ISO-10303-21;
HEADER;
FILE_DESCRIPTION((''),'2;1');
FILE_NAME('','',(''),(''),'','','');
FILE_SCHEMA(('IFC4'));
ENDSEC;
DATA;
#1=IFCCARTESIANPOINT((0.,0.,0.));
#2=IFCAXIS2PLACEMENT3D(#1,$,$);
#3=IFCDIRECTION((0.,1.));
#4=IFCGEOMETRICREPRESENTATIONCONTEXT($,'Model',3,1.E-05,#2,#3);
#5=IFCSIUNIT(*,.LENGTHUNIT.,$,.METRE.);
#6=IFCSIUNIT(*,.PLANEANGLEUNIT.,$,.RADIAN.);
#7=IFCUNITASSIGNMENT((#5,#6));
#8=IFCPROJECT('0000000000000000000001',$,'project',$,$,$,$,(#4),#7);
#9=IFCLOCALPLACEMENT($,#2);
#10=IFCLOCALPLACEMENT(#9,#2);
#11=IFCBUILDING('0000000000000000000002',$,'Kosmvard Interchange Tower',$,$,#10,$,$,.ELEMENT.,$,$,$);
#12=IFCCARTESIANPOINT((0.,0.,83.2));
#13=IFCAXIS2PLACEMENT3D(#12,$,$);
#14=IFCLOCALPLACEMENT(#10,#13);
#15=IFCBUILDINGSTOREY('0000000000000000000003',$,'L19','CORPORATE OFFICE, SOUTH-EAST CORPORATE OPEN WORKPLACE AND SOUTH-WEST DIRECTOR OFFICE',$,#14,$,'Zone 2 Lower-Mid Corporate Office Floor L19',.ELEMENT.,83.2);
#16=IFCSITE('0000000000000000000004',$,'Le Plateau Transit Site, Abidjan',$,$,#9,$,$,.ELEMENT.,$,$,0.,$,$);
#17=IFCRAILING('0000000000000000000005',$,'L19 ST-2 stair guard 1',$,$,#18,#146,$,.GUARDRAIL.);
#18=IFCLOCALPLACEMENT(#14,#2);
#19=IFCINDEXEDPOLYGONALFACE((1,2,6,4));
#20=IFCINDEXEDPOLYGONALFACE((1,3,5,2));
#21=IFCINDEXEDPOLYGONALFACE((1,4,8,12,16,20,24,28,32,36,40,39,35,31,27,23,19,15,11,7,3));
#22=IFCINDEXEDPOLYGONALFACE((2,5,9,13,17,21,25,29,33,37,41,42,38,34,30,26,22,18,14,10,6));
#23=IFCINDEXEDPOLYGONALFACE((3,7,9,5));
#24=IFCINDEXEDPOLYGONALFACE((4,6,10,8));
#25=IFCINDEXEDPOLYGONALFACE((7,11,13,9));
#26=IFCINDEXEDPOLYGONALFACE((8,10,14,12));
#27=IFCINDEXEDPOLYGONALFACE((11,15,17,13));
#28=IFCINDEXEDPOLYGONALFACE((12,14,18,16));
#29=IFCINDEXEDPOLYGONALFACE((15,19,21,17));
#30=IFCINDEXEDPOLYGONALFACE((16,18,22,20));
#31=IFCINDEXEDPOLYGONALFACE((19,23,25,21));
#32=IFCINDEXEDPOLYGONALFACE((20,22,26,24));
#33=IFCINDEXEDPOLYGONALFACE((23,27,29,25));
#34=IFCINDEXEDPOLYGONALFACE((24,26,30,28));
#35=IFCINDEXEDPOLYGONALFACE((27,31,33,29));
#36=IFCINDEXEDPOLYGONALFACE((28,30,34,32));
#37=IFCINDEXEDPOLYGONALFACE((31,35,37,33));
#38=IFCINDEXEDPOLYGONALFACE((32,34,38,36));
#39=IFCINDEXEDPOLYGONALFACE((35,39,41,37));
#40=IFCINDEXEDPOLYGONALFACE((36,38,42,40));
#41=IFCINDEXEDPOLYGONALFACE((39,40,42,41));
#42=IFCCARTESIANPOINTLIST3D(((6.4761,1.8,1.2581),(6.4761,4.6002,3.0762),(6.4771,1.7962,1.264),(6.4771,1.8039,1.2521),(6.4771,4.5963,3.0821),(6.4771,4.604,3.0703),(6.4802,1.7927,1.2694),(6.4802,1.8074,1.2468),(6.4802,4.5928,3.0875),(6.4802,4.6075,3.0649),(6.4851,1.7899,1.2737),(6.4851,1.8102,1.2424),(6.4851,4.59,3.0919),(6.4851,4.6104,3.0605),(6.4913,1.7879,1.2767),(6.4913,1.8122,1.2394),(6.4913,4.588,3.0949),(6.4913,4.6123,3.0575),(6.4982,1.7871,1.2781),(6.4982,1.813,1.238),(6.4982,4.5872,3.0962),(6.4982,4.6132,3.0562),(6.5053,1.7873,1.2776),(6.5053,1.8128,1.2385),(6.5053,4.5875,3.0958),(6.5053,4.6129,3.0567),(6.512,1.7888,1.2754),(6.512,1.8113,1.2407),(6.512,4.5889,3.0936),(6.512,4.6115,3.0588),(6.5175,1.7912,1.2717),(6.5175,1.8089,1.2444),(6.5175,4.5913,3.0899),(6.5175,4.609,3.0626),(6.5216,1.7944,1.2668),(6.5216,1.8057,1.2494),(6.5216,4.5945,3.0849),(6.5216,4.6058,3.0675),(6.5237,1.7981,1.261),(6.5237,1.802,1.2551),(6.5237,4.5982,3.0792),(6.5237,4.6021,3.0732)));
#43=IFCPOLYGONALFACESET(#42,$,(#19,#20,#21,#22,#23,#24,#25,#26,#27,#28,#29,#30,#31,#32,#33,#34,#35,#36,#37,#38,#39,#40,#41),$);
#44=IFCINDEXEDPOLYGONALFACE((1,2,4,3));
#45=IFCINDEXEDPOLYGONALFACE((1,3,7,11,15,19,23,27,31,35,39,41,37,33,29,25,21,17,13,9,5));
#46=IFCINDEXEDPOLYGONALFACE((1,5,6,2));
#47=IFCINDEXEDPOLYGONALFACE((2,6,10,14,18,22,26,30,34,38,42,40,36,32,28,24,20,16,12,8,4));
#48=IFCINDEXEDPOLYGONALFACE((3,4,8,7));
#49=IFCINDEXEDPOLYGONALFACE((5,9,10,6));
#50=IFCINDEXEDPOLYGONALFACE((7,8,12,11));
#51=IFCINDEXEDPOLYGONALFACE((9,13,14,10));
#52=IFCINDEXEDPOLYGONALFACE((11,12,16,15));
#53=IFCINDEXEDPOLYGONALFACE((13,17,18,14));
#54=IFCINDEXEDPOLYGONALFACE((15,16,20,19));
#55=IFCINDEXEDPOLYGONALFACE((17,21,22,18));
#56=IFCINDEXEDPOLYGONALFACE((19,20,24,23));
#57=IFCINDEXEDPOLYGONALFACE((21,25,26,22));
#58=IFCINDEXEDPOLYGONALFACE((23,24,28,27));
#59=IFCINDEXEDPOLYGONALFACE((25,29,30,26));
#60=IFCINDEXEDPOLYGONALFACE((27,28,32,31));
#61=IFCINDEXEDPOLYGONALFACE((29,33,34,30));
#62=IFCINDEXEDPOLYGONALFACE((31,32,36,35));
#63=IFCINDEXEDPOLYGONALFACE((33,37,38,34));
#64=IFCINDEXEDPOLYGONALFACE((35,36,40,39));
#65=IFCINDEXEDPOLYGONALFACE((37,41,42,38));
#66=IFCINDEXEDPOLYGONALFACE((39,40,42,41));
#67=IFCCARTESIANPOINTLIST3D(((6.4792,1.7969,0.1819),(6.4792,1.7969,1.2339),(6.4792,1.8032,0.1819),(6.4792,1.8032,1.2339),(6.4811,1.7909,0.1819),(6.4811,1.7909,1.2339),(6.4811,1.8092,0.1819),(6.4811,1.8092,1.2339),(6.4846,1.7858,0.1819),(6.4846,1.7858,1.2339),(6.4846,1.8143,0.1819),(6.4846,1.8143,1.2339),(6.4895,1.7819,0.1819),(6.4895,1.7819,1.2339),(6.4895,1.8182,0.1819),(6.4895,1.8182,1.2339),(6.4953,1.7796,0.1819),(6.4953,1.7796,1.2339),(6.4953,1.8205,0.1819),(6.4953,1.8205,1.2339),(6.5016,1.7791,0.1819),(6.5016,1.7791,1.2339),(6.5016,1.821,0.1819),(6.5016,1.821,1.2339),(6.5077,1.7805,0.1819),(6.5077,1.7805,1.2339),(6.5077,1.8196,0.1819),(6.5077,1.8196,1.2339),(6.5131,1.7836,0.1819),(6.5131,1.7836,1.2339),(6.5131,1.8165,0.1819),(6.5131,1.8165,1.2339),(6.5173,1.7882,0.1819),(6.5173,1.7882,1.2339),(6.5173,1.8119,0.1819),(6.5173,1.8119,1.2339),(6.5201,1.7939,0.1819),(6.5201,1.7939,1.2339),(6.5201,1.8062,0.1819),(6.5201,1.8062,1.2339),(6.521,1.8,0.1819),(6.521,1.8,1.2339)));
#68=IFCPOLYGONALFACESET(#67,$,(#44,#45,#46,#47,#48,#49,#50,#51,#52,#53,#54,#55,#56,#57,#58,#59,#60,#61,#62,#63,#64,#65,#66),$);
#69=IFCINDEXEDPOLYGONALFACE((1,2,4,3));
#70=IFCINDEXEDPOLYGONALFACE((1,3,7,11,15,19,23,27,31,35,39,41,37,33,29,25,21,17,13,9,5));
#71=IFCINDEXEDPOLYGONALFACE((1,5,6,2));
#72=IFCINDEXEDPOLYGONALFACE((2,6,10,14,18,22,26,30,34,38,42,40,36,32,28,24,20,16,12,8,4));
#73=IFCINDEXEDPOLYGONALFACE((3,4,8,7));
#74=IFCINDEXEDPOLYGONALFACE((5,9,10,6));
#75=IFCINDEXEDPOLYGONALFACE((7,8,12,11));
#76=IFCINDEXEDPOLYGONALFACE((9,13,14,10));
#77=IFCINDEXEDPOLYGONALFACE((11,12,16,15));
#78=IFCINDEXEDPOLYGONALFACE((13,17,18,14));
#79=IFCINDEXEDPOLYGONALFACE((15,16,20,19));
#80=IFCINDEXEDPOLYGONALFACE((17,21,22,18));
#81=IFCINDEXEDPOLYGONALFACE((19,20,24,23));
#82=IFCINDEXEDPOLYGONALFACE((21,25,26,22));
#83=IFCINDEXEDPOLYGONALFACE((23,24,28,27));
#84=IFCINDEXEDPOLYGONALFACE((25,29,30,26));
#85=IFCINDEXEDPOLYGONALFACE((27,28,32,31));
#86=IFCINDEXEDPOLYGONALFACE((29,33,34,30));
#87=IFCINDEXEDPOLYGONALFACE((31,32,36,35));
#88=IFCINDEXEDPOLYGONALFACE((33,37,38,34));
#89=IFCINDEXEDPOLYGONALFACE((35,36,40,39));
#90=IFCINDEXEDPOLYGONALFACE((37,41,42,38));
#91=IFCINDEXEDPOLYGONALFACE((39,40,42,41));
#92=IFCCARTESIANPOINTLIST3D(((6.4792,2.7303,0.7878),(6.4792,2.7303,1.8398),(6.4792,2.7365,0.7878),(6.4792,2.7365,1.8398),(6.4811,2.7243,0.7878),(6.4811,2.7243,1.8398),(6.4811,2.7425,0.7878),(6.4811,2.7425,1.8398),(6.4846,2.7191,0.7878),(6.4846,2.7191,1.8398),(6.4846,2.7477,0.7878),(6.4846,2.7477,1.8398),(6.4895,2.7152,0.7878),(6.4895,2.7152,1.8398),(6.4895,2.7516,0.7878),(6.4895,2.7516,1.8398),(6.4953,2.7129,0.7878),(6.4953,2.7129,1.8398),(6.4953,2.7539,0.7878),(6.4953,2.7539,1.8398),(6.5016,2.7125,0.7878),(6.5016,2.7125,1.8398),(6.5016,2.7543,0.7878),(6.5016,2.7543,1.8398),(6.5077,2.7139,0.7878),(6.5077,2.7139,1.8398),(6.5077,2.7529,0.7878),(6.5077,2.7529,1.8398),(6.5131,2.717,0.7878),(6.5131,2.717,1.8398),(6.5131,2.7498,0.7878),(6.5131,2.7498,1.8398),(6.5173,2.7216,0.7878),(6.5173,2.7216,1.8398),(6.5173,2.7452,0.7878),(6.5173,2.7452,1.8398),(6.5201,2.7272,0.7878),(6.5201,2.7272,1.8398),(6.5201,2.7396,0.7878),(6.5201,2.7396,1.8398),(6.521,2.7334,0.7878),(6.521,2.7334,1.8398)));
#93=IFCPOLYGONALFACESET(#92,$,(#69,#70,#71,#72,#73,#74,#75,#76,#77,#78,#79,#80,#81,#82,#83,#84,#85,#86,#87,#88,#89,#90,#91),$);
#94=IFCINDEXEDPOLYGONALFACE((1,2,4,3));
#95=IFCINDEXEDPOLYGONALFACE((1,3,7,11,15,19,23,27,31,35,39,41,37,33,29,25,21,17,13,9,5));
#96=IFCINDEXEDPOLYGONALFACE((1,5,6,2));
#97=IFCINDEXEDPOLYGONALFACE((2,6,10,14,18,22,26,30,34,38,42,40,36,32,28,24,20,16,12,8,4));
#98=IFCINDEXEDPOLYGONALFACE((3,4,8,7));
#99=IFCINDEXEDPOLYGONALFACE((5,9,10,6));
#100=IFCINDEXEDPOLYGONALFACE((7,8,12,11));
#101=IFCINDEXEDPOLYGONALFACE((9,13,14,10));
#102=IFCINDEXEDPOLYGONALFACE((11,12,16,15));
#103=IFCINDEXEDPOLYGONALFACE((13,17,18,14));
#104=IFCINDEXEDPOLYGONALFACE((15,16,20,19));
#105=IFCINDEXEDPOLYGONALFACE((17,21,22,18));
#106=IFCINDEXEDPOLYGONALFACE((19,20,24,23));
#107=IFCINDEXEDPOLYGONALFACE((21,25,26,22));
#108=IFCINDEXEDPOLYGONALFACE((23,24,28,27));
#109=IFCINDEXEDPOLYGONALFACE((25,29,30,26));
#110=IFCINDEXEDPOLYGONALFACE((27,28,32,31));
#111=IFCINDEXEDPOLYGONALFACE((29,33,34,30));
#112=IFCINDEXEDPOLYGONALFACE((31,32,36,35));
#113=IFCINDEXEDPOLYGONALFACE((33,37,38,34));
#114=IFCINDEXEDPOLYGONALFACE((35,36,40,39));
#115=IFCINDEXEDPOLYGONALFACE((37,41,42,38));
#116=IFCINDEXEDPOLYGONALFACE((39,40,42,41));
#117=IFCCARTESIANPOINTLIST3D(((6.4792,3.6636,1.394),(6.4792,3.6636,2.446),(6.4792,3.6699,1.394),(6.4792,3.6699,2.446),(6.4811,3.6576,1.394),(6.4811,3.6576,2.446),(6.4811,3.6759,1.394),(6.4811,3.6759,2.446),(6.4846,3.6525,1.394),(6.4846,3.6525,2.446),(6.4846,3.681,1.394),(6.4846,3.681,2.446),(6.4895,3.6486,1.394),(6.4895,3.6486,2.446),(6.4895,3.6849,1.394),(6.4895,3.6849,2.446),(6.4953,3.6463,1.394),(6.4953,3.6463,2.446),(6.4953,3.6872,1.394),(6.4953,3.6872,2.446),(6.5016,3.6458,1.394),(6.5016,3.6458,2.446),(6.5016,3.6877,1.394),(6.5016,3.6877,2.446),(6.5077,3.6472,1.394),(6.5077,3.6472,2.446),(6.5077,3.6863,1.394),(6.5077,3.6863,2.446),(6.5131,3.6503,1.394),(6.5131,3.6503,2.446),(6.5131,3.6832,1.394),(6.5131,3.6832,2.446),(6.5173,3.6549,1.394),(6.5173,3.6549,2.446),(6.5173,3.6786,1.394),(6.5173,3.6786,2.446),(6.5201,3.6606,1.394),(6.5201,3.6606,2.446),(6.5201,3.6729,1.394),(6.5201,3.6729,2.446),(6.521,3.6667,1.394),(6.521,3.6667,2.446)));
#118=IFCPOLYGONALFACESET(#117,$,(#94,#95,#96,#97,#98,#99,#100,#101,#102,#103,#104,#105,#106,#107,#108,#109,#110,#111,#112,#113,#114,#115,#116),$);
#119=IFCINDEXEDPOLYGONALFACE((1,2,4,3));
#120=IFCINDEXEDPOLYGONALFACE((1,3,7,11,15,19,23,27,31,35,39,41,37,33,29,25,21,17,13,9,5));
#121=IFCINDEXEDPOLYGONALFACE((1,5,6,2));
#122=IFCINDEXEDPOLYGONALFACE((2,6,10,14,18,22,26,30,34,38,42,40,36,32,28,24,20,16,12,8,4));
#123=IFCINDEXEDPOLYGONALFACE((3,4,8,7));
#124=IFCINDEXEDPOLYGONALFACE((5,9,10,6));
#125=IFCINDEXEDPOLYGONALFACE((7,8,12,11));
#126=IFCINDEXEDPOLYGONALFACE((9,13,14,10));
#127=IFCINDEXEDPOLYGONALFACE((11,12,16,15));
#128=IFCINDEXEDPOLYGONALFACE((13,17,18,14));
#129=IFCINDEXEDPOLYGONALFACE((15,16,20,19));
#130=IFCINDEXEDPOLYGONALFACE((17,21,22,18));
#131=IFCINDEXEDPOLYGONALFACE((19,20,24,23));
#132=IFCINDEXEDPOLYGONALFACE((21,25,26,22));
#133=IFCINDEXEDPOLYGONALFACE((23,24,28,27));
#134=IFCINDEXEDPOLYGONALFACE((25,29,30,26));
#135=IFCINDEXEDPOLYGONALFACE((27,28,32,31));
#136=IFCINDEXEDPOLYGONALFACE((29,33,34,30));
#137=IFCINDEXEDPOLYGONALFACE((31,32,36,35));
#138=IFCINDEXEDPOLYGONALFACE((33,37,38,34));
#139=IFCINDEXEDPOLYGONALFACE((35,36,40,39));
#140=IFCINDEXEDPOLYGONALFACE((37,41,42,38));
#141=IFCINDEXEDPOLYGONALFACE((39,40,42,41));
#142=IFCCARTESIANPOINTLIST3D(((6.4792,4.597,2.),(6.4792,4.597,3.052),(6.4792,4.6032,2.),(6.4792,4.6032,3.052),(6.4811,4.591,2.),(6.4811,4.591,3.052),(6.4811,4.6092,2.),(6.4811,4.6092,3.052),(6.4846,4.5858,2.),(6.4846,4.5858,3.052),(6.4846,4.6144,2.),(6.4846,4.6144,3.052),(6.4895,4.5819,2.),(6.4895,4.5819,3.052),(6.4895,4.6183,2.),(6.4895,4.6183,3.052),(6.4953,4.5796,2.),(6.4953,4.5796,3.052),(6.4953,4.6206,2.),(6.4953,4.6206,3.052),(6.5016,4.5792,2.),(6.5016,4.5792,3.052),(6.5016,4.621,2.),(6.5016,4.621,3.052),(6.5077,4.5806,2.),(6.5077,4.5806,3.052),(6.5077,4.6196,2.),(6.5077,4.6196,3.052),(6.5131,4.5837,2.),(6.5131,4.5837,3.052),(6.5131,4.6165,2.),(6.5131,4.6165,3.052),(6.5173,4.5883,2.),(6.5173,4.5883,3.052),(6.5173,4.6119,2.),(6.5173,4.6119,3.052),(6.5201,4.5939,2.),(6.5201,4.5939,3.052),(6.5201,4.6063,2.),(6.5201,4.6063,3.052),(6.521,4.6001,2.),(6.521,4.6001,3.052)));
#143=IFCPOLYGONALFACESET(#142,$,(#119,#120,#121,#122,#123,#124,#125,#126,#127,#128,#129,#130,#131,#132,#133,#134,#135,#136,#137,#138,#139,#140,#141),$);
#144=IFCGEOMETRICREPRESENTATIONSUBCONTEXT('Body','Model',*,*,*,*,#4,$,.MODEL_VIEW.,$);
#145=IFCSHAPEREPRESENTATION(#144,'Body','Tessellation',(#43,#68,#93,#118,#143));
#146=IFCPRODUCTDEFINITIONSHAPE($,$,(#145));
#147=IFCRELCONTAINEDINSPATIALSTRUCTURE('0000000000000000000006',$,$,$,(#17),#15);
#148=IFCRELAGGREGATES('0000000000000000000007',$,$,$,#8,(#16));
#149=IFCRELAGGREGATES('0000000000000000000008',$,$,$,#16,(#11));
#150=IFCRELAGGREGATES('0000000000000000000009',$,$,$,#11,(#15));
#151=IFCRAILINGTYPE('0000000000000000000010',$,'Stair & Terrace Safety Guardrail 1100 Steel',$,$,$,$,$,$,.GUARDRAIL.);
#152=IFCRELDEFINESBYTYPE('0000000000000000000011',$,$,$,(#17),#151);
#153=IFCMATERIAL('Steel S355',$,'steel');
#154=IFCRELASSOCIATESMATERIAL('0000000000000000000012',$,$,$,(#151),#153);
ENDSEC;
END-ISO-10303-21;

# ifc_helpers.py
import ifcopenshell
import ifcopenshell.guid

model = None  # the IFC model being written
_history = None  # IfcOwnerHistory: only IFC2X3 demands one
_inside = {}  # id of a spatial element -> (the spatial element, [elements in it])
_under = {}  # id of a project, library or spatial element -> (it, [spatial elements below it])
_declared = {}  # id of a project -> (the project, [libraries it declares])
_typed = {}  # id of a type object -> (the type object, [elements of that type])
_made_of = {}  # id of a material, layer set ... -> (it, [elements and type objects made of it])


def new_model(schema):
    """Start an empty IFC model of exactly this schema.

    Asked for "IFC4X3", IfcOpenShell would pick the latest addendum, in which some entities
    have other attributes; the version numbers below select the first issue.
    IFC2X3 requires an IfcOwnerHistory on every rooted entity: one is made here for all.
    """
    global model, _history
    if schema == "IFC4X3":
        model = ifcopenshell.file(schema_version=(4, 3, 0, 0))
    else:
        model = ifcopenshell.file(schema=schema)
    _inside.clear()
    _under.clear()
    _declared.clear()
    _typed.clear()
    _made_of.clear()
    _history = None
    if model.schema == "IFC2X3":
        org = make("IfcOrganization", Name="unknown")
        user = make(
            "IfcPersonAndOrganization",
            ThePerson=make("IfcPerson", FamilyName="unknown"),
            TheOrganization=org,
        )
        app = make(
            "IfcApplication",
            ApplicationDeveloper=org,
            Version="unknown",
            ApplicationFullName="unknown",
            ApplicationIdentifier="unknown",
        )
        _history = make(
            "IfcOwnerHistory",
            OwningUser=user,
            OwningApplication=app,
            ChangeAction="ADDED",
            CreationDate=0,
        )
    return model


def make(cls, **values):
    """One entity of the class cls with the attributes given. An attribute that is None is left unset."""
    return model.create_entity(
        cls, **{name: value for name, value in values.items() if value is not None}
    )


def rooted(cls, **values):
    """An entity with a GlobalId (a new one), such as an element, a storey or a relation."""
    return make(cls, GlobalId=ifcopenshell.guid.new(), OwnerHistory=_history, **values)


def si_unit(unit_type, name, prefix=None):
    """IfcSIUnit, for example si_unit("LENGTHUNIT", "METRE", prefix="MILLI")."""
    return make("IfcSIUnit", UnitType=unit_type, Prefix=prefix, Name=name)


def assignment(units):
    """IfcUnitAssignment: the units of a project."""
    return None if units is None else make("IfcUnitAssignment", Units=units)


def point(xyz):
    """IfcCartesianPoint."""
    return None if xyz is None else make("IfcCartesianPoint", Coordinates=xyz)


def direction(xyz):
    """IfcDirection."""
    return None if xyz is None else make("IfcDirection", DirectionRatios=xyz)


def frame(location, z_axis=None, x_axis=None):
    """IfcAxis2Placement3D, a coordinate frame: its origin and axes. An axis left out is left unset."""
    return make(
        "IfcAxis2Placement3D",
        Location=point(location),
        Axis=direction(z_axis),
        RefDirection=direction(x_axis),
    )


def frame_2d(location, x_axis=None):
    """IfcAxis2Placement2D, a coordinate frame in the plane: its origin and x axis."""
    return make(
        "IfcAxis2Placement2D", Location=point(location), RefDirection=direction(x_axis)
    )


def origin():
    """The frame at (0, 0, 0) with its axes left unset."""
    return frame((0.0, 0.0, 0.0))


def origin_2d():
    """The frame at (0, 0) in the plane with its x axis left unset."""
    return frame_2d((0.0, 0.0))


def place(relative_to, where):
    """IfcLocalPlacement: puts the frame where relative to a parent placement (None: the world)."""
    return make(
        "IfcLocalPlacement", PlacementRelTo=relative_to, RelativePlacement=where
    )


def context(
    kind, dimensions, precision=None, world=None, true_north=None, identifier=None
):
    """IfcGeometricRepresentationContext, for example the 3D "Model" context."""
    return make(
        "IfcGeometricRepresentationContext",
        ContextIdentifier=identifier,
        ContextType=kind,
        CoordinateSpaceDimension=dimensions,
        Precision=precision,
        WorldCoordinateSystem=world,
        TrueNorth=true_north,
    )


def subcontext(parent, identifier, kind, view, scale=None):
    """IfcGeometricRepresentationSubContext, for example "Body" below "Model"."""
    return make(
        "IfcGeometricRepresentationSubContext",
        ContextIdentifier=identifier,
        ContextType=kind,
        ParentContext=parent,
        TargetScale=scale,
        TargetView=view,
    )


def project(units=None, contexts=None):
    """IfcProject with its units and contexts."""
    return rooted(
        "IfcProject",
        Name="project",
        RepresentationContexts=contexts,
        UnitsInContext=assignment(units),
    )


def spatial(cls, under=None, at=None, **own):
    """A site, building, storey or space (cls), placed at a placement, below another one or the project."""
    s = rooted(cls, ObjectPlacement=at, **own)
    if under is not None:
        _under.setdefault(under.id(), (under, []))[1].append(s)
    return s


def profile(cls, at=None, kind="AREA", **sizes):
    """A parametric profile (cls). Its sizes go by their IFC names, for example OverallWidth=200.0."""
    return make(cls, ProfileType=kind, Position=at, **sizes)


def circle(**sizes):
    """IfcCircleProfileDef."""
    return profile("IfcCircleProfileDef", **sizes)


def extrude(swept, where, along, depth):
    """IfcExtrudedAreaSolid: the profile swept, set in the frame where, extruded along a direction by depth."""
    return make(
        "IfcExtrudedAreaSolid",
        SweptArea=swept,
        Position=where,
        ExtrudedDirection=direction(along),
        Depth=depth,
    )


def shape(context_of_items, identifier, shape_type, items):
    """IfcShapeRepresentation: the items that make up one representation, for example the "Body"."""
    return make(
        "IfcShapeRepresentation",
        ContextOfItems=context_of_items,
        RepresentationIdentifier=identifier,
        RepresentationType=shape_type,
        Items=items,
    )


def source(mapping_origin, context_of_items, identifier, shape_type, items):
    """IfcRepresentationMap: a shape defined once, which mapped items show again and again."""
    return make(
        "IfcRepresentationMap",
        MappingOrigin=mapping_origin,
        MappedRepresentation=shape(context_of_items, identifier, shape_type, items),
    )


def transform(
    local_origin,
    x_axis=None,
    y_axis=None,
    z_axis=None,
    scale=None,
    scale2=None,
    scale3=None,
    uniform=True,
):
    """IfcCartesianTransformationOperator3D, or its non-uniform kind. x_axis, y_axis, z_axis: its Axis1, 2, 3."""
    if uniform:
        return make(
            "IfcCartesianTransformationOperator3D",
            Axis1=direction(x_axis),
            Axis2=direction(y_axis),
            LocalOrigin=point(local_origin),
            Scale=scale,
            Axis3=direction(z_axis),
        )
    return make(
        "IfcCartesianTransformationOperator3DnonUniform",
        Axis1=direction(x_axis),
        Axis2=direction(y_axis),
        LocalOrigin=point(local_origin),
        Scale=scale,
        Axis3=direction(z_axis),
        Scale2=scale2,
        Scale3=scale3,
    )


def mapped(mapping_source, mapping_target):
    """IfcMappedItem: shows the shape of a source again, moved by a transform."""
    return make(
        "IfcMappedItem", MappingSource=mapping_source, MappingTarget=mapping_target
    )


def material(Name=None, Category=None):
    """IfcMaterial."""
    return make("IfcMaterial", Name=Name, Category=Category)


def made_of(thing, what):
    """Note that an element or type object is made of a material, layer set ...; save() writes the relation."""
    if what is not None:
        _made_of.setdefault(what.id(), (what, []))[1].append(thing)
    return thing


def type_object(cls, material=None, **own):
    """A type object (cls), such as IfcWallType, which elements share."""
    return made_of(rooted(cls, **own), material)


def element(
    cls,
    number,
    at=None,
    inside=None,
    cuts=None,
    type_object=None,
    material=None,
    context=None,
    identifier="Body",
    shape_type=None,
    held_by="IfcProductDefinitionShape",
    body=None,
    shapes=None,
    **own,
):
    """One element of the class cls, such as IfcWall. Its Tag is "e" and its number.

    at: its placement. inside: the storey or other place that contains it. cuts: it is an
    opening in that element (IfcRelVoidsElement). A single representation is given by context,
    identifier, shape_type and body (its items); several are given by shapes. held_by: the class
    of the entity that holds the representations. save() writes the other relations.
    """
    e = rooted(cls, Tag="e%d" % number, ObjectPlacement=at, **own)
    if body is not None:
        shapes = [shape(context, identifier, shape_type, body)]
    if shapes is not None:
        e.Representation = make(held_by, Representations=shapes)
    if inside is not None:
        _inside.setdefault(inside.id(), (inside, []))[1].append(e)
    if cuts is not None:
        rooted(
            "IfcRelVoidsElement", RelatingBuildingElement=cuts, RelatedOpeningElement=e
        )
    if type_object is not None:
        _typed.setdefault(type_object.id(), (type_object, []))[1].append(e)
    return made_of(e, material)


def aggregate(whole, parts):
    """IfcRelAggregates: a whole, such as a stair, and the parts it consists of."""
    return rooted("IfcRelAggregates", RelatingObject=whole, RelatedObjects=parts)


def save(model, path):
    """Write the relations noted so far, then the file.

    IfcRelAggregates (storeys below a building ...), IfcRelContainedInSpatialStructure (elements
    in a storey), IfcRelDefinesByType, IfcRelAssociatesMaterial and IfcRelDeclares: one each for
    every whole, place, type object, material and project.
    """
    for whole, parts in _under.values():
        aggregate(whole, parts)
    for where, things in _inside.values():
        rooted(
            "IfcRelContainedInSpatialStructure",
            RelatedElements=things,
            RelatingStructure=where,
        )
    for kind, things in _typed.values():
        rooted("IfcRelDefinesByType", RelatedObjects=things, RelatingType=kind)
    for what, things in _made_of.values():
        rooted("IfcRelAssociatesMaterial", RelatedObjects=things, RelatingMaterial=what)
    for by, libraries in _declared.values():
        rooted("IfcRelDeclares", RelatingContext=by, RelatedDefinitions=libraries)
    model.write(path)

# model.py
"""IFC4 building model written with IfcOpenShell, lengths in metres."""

from ifc_helpers import new_model, si_unit, direction, frame, origin, origin_2d, place, context, subcontext, project, spatial, circle, extrude, source, transform, mapped, material, type_object, element, save


model = new_model("IFC4")

# Units and contexts
model_context = context("Model", 3, precision=1e-05, world=origin(), true_north=direction((0.0, 1.0)))
body_context = subcontext(model_context, "Body", "Model", "MODEL_VIEW")
ifc_project = project(units=[si_unit("LENGTHUNIT", "METRE"), si_unit("PLANEANGLEUNIT", "RADIAN")], contexts=[model_context])

# Site, building, storey
site_placement = place(None, origin())
site = spatial("IfcSite", under=ifc_project, at=site_placement, Name="Le Plateau Transit Site, Abidjan", CompositionType="ELEMENT", RefElevation=0.0)
building_placement = place(site_placement, origin())
building = spatial("IfcBuilding", under=site, at=building_placement, Name="Kosmvard Interchange Tower", CompositionType="ELEMENT")
storey_placement = place(building_placement, frame((0.0, 0.0, 83.2)))
storey = spatial("IfcBuildingStorey", under=building, at=storey_placement, Name="L19", Description="CORPORATE OFFICE, SOUTH-EAST CORPORATE OPEN WORKPLACE AND SOUTH-WEST DIRECTOR OFFICE", LongName="Zone 2 Lower-Mid Corporate Office Floor L19", CompositionType="ELEMENT", Elevation=83.2)

# Shared definitions
ifc_material_1 = material(Name="Steel S355", Category="steel")

# Railing
railing_type_1 = type_object("IfcRailingType", Name="Stair & Terrace Safety Guardrail 1100 Steel", PredefinedType="GUARDRAIL", material=ifc_material_1)
shared_shape_1 = source(origin(), body_context, "Body", "SweptSolid", [
    extrude(circle(Radius=0.0239, at=origin_2d()), frame((0.0, 0.0, 1.0762), z_axis=(0.0, 0.838706, 0.544585), x_axis=(-1.0, 0.0, 0.0)), (0.0, 0.0, 1.0), 3.3386),
    extrude(circle(Radius=0.021, at=origin_2d()), origin(), (0.0, 0.0, 1.0), 1.052),
    extrude(circle(Radius=0.021, at=origin_2d()), frame((0.0, 0.9333, 0.606)), (0.0, 0.0, 1.0), 1.052),
    extrude(circle(Radius=0.021, at=origin_2d()), frame((0.0, 1.8667, 1.2122)), (0.0, 0.0, 1.0), 1.052),
    extrude(circle(Radius=0.021, at=origin_2d()), frame((0.0, 2.8, 1.8181)), (0.0, 0.0, 1.0), 1.052),
])
railing_1_placement = place(storey_placement, frame((6.5, 1.8, 0.1819)))
element("IfcRailing", 1, at=railing_1_placement, inside=storey, type_object=railing_type_1, Name="L19 ST-2 stair guard 1", PredefinedType="GUARDRAIL", context=body_context, shape_type="MappedRepresentation", body=[
    mapped(shared_shape_1, transform((0.0, 0.0, 0.0), scale=1.0)),
])

save(model, "model.ifc")
